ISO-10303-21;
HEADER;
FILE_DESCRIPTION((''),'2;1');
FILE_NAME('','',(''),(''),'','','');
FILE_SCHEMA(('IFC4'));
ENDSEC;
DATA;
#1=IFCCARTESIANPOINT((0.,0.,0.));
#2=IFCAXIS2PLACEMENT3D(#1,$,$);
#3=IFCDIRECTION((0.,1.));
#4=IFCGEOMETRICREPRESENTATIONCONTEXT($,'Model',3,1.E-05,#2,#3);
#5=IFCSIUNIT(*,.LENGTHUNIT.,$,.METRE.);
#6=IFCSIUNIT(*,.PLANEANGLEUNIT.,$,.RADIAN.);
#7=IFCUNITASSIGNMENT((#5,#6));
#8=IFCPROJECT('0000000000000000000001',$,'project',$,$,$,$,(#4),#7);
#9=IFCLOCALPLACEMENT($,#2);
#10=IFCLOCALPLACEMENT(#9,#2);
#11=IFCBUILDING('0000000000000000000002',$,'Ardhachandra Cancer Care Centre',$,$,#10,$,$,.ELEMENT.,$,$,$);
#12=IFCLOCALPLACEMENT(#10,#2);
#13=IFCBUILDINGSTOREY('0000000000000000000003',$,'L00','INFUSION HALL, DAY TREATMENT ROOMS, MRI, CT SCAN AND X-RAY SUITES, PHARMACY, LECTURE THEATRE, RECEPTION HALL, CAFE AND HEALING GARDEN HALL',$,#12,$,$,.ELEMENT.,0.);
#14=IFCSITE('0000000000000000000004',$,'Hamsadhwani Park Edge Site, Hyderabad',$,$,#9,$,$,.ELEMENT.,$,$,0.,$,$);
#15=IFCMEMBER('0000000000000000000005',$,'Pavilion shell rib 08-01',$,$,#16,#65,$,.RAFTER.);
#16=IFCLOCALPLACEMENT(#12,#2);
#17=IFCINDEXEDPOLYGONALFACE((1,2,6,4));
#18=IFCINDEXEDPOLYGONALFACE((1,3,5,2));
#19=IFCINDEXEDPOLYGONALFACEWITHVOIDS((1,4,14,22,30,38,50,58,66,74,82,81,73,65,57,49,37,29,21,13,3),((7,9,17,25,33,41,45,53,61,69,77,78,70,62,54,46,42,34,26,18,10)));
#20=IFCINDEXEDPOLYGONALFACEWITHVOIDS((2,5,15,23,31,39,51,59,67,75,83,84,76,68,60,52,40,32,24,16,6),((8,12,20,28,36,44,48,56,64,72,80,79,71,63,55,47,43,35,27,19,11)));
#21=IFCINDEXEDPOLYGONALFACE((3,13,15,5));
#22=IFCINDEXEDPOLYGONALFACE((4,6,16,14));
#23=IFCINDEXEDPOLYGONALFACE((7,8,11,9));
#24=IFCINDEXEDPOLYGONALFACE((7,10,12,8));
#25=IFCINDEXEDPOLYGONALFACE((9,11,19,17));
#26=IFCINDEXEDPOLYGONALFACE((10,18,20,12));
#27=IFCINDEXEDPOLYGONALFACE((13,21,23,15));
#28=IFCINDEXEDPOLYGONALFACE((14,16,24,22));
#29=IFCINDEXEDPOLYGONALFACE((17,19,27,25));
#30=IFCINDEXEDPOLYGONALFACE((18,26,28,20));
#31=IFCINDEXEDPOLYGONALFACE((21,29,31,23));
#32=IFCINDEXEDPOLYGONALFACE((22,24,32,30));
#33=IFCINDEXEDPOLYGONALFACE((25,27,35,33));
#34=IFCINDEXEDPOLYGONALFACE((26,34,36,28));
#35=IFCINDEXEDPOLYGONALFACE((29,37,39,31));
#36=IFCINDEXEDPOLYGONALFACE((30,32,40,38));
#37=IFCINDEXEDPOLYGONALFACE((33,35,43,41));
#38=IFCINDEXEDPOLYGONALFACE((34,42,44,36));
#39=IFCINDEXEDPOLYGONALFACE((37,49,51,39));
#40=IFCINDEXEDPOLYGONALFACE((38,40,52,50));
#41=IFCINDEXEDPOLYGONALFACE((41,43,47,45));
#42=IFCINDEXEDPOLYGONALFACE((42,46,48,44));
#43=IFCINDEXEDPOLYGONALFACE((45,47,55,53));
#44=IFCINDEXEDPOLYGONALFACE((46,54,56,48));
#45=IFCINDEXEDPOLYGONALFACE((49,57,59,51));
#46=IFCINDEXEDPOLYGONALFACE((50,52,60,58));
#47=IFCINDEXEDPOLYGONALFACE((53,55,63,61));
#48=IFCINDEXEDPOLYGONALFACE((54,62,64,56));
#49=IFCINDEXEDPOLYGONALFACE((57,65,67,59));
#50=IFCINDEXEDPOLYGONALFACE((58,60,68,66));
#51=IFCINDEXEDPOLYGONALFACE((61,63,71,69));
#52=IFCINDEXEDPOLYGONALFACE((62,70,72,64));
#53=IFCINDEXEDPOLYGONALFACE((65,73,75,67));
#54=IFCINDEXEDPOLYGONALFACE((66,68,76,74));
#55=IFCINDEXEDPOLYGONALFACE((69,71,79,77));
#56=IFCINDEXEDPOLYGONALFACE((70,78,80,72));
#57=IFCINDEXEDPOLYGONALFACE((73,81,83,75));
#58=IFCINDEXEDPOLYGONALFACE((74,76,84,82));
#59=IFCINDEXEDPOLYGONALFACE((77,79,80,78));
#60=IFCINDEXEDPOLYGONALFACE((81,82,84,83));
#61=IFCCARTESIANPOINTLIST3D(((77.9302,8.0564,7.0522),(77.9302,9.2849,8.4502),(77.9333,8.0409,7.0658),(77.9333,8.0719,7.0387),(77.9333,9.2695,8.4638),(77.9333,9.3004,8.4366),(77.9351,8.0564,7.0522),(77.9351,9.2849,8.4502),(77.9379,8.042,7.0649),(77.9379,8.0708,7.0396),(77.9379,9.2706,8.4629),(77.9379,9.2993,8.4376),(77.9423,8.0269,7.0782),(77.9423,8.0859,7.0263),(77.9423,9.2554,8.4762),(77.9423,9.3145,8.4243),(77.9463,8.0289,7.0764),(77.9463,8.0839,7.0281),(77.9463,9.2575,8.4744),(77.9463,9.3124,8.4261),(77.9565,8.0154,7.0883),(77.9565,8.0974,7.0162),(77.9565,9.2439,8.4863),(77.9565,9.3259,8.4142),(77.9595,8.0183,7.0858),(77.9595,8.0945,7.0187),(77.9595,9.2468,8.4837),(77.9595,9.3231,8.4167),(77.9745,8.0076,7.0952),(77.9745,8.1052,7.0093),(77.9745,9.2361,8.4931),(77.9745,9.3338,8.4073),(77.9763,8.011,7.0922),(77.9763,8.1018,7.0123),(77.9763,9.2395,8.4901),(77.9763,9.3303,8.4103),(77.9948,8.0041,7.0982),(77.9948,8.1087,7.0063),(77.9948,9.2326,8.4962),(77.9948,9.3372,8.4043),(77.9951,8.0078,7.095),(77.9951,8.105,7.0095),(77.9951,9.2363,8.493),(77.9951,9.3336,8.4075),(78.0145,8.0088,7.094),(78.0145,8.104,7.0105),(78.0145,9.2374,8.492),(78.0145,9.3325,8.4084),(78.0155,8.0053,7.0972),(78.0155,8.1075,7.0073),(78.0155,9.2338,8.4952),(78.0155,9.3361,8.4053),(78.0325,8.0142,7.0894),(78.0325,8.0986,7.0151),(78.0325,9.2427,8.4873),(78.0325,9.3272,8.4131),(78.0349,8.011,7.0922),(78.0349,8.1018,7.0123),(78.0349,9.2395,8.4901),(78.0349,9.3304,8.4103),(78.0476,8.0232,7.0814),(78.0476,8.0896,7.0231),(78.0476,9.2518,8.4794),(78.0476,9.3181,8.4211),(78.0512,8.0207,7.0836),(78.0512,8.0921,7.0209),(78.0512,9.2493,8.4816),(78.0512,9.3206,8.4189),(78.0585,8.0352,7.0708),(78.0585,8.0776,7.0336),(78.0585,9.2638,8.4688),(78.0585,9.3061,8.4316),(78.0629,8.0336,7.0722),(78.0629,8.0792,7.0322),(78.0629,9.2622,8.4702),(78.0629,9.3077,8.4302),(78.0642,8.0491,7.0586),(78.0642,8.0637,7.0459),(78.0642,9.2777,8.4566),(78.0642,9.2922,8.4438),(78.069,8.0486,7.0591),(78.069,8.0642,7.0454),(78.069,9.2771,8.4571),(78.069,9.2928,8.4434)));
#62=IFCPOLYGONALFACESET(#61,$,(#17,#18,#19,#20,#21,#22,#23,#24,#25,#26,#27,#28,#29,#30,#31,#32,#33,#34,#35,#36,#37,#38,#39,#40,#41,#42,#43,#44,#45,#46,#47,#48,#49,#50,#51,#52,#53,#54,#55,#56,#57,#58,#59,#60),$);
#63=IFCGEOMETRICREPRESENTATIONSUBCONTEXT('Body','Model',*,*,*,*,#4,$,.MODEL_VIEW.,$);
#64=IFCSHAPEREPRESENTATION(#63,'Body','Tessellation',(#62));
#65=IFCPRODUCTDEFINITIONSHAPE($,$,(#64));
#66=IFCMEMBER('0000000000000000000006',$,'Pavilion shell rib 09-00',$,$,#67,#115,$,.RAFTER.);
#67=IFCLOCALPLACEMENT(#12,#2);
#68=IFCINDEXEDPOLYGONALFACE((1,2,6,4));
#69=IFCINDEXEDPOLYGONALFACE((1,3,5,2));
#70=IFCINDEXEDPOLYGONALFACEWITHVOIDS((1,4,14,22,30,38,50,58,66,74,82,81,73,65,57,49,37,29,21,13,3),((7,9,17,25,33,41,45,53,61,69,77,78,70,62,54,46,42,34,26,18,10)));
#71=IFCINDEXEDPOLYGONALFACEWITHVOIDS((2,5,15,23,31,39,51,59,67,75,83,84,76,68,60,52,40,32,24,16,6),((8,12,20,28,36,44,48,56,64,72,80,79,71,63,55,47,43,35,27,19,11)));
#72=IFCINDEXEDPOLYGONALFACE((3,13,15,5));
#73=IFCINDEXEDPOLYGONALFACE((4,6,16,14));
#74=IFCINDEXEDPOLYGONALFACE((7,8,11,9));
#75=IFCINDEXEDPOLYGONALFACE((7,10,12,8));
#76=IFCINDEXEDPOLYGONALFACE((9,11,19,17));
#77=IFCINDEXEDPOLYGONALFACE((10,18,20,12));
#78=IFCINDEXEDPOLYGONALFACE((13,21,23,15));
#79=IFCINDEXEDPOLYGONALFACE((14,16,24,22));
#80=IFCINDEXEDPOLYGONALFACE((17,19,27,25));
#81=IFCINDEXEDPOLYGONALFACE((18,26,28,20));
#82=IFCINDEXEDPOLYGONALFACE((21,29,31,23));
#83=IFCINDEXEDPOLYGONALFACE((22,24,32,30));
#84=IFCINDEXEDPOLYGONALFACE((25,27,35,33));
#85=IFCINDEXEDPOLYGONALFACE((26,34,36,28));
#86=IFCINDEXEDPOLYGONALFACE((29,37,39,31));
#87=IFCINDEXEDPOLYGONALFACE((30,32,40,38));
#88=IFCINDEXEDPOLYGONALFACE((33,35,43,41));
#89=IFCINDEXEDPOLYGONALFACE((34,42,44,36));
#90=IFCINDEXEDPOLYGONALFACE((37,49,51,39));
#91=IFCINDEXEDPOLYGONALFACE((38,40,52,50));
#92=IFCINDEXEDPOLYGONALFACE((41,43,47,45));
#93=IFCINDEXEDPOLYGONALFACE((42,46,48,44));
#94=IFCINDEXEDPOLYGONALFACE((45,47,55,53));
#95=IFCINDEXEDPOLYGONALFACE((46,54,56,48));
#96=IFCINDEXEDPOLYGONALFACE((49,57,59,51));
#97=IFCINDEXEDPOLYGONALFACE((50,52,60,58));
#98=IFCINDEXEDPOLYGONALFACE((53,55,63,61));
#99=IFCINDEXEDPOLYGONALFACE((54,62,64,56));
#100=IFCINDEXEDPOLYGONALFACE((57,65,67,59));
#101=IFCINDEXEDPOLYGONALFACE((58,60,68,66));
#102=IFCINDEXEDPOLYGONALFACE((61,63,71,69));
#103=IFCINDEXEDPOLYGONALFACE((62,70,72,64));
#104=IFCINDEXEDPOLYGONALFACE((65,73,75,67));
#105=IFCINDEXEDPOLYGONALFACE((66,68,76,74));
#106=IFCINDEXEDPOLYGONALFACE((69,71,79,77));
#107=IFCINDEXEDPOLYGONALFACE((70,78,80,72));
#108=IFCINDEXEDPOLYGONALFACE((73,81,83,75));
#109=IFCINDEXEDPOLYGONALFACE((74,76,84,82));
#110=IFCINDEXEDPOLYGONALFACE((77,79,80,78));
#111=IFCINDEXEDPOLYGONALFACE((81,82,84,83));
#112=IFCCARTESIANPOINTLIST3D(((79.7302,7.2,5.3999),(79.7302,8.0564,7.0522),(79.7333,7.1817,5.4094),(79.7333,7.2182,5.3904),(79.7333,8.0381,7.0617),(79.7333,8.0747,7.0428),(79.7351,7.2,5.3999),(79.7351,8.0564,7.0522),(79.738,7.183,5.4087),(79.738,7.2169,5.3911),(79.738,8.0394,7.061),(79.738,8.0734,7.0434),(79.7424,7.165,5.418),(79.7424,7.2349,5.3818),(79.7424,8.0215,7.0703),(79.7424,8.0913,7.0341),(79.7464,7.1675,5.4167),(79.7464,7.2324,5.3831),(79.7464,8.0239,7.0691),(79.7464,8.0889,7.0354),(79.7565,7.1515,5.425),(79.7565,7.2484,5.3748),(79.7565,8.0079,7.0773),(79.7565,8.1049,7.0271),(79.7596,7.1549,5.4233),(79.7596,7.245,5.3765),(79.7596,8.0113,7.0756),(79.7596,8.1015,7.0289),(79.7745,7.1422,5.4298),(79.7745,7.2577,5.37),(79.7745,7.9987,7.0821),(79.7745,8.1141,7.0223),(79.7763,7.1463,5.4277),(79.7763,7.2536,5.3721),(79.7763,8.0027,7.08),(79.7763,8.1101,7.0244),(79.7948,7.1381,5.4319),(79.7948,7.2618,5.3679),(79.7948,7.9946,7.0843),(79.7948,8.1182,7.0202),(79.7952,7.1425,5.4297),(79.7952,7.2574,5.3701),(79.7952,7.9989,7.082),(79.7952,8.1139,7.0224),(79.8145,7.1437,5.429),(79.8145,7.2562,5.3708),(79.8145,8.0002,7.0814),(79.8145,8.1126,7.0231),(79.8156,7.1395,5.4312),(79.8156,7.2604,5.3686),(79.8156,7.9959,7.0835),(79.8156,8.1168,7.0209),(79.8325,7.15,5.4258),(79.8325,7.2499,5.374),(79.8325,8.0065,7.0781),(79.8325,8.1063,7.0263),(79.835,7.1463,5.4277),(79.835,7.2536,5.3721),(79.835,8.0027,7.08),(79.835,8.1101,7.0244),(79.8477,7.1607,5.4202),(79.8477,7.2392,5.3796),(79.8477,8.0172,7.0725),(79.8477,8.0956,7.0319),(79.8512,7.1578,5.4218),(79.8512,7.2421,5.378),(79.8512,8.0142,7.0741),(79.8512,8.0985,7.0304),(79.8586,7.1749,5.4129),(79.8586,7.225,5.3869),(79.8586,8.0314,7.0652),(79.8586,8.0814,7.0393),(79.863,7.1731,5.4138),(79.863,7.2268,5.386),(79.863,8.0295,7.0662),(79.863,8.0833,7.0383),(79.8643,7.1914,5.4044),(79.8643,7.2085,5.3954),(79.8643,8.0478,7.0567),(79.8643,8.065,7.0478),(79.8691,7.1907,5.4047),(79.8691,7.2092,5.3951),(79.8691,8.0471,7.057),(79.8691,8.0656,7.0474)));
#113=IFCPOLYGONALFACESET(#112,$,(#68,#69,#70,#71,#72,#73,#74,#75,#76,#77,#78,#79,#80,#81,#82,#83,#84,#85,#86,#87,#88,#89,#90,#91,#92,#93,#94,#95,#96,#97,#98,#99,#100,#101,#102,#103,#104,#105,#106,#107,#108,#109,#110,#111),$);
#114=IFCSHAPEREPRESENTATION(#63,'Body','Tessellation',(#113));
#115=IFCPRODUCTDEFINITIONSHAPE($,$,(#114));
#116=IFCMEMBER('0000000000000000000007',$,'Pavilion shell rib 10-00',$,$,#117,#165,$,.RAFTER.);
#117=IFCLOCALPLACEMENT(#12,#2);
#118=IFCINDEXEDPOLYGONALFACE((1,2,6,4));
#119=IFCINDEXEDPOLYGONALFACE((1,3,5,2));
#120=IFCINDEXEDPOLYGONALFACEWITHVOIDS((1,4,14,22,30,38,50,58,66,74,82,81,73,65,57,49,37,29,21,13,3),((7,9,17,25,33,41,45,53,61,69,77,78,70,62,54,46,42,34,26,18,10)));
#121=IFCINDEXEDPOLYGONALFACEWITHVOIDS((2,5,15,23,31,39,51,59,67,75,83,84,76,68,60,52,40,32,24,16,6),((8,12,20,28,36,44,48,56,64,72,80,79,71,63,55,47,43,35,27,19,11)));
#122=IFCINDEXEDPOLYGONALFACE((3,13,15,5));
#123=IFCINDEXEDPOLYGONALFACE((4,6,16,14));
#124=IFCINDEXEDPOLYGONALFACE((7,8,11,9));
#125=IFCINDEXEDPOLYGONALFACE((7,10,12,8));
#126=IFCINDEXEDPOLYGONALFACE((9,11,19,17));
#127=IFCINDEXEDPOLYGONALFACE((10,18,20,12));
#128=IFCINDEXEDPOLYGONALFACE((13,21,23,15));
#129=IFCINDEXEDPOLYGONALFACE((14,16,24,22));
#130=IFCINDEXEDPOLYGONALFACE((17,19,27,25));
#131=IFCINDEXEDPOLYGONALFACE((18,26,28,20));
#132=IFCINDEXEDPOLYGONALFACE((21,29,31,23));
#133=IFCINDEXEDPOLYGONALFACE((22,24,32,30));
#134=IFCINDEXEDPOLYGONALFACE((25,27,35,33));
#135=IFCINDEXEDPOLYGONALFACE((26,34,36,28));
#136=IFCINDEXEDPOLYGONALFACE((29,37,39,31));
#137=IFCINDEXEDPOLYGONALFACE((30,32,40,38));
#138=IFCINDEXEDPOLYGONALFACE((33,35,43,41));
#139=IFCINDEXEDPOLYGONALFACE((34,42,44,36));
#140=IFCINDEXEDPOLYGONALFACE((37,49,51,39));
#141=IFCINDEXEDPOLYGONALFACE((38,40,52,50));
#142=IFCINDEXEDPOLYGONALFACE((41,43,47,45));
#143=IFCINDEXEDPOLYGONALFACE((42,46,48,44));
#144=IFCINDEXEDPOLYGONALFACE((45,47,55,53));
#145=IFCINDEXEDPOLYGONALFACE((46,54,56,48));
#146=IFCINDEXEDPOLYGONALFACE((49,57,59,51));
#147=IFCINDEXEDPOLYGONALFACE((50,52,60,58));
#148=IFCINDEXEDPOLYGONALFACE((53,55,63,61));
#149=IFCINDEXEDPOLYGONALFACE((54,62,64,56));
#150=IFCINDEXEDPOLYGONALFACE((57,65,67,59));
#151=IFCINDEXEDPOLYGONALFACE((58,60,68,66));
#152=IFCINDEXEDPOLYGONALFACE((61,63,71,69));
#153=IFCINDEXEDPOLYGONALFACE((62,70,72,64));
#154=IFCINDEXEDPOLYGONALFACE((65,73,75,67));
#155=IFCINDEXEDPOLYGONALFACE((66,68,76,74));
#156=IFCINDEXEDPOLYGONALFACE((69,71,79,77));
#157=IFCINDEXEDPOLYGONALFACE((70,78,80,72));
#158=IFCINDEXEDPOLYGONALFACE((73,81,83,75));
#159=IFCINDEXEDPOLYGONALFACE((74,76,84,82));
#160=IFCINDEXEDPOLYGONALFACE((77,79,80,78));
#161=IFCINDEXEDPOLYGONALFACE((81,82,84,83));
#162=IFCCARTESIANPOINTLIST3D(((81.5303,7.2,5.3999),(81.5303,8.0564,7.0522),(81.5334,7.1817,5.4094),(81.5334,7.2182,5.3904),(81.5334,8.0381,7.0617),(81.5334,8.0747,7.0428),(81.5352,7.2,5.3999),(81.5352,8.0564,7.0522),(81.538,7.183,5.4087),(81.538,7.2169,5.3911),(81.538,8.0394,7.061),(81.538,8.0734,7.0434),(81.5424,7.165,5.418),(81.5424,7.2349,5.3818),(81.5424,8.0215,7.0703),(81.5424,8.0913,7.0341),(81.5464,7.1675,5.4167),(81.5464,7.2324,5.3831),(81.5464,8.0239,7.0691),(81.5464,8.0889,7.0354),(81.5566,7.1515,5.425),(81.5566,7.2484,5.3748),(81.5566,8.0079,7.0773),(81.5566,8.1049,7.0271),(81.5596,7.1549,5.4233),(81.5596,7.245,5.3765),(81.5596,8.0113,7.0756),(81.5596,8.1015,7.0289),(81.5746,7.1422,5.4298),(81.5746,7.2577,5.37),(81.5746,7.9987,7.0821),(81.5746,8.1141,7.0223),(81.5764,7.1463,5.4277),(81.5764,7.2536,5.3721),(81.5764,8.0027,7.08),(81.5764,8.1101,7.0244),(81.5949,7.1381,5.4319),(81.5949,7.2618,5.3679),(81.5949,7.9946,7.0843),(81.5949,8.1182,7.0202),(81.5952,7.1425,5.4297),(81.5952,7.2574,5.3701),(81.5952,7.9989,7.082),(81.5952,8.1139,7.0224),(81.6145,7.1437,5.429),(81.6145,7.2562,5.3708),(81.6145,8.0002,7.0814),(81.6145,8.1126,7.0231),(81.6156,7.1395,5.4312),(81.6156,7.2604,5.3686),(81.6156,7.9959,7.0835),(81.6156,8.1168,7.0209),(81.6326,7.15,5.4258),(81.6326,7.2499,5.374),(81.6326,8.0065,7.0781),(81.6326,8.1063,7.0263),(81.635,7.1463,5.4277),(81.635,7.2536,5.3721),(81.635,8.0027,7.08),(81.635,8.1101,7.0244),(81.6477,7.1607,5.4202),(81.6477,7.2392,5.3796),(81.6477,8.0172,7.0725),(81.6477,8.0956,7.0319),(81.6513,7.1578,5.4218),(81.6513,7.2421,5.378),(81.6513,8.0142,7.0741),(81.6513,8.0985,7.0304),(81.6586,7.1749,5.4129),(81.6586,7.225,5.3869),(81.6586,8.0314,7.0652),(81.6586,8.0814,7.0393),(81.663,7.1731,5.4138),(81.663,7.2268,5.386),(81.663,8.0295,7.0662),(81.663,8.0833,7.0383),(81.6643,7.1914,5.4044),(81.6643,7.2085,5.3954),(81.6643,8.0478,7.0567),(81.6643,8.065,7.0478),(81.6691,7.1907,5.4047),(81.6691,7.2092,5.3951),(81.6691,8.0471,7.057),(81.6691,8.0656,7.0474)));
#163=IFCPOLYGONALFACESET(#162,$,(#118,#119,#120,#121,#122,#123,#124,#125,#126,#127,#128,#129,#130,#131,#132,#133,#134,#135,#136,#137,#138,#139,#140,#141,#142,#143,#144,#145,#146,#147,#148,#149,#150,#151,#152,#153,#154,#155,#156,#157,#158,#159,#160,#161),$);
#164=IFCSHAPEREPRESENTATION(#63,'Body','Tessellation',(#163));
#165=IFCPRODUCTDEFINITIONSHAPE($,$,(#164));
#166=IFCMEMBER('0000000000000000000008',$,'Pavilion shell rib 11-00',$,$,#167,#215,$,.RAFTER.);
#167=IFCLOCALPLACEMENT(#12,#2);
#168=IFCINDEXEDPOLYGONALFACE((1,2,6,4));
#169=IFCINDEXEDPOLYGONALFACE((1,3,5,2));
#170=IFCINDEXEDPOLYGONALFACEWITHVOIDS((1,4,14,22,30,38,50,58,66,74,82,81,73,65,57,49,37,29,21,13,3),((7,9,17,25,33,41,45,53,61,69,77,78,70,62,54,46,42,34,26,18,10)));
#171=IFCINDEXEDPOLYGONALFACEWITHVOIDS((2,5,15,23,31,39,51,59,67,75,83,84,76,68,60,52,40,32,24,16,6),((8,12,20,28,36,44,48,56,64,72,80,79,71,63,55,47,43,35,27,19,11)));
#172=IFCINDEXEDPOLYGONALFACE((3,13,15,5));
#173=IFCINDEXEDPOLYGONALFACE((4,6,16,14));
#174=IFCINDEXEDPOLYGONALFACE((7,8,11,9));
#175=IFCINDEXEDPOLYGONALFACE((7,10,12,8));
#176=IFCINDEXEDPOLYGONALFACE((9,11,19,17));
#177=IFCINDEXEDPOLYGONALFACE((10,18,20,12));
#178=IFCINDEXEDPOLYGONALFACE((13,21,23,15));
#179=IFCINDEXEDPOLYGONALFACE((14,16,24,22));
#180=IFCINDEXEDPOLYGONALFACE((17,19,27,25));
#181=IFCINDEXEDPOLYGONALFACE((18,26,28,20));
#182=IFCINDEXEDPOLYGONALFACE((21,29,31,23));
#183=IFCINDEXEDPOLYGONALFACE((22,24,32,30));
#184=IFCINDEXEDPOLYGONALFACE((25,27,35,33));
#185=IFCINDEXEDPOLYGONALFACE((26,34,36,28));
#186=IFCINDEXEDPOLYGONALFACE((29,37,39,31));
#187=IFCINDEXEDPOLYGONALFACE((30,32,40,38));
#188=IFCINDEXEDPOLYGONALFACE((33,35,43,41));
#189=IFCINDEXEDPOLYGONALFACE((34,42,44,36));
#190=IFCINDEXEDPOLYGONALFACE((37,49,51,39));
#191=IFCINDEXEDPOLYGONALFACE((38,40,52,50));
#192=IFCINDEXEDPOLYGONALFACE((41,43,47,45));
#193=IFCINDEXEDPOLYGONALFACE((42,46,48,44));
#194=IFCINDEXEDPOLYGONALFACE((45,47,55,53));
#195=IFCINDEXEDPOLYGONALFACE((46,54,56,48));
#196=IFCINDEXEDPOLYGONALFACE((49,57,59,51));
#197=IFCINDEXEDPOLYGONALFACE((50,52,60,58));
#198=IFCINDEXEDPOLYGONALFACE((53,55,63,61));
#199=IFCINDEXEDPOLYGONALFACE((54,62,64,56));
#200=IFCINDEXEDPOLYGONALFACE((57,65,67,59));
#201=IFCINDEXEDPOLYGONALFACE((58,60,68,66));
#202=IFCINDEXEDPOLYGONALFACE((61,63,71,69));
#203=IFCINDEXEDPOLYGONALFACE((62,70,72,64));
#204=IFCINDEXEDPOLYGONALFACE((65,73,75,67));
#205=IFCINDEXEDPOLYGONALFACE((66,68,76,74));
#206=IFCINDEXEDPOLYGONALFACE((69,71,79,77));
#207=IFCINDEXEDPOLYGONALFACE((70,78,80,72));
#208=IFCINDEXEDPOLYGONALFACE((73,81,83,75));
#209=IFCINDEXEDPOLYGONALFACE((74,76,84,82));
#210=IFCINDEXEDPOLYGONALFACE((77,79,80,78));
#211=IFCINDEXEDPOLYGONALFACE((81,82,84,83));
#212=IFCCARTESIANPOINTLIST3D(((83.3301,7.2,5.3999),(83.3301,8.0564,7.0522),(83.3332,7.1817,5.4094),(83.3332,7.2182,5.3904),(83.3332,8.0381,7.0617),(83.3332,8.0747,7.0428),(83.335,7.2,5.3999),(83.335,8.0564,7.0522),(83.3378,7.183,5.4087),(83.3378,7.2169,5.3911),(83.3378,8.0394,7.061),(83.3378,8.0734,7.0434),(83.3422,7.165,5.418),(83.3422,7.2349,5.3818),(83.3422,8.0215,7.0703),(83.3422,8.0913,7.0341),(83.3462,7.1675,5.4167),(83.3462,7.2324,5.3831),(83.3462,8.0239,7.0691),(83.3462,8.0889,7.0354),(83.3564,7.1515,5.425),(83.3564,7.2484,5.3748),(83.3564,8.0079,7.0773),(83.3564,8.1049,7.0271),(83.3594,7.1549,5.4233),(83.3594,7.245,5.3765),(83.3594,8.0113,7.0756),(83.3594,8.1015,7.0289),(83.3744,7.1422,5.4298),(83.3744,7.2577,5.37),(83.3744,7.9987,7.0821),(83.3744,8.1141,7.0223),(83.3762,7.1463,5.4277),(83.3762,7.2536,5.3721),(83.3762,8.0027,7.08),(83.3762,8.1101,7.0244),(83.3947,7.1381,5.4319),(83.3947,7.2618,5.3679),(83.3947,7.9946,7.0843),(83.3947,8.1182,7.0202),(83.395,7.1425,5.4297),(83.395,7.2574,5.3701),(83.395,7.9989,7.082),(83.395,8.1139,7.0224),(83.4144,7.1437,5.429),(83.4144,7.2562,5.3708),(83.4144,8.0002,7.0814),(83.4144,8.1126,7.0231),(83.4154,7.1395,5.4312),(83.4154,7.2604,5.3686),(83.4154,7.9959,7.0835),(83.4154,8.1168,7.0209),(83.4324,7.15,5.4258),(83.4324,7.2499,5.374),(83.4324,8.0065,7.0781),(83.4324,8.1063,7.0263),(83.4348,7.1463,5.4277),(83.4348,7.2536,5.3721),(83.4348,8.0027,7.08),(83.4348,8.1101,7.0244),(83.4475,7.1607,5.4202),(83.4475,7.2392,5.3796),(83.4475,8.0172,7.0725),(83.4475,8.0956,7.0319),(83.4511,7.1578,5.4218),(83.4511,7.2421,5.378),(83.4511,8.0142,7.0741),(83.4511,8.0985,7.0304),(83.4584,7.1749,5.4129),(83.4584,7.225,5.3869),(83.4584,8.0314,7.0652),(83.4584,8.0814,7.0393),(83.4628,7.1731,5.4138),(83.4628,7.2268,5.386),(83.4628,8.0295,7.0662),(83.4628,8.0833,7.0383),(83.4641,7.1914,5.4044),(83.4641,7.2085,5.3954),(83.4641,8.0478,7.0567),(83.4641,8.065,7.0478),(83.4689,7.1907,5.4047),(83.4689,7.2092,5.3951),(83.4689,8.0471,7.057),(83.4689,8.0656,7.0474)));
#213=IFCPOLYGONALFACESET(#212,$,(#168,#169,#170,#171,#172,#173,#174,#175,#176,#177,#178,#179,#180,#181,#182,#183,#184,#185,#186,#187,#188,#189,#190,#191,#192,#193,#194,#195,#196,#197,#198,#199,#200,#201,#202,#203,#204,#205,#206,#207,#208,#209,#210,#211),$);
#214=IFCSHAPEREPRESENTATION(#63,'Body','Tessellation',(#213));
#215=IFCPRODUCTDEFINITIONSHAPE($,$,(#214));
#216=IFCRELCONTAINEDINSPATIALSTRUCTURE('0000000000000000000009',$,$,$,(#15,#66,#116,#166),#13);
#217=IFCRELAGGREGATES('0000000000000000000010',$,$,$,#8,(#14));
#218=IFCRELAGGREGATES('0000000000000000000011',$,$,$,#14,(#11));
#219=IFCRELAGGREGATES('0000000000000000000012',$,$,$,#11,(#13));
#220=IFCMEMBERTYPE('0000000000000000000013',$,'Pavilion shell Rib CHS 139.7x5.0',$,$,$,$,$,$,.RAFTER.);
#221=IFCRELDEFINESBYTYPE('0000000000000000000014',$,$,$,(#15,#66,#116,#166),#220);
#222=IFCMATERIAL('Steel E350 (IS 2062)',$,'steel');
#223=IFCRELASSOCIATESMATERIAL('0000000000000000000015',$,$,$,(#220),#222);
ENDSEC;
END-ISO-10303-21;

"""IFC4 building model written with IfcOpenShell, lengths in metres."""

from ifc_helpers import new_model, si_unit, direction, frame, origin, origin_2d, place, context, subcontext, project, spatial, hollow_circle, extrude, material, material_profile, profile_set, type_object, element, save


model = new_model("IFC4")

# Units and contexts
model_context = context("Model", 3, precision=1e-05, world=origin(), true_north=direction((0.0, 1.0)))
body_context = subcontext(model_context, "Body", "Model", "MODEL_VIEW")
ifc_project = project(units=[si_unit("LENGTHUNIT", "METRE"), si_unit("PLANEANGLEUNIT", "RADIAN")], contexts=[model_context])

# Site, building, storey
site_placement = place(None, origin())
site = spatial("IfcSite", under=ifc_project, at=site_placement, Name="Hamsadhwani Park Edge Site, Hyderabad", CompositionType="ELEMENT", RefElevation=0.0)
building_placement = place(site_placement, origin())
building = spatial("IfcBuilding", under=site, at=building_placement, Name="Ardhachandra Cancer Care Centre", CompositionType="ELEMENT")
storey_placement = place(building_placement, origin())
storey = spatial("IfcBuildingStorey", under=building, at=storey_placement, Name="L00", Description="INFUSION HALL, DAY TREATMENT ROOMS, MRI, CT SCAN AND X-RAY SUITES, PHARMACY, LECTURE THEATRE, RECEPTION HALL, CAFE AND HEALING GARDEN HALL", CompositionType="ELEMENT", Elevation=0.0)

# Members
ifc_material_1 = material(Name="Steel E350 (IS 2062)", Category="steel")
ifc_material_profile_1 = material_profile(ifc_material_1, hollow_circle(Radius=0.0698, WallThickness=0.0049, at=origin_2d()), Name="CHS 139.7x5.0")
ifc_profile_set_1 = profile_set([ifc_material_profile_1], Name="Steel E350 (IS 2062)")
member_type_1 = type_object("IfcMemberType", Name="Pavilion shell Rib CHS 139.7x5.0", PredefinedType="RAFTER", material=ifc_profile_set_1)
for number, where, z_axis, x_axis, name in (
    (1, (78.0, 8.0564, 7.0522), (0.0, 0.660119, 0.751161), (-1.0, 0.0, 0.0), "Pavilion shell rib 08-01"),
    (2, (79.8, 7.2, 5.3999), (0.0, 0.460179, 0.887826), (-1.0, 0.0, 0.0), "Pavilion shell rib 09-00"),
    (3, (81.6001, 7.2, 5.3999), (0.0, 0.460179, 0.887826), (-1.0, 0.0, 0.0), "Pavilion shell rib 10-00"),
    (4, (83.3999, 7.2, 5.3999), (0.0, 0.460179, 0.887826), (-1.0, 0.0, 0.0), "Pavilion shell rib 11-00"),
):
    element("IfcMember", number, at=place(storey_placement, frame(where, z_axis=z_axis, x_axis=x_axis)), inside=storey, type_object=member_type_1, Name=name, PredefinedType="RAFTER", context=body_context, shape_type="SweptSolid", body=[
        extrude(hollow_circle(Radius=0.0698, WallThickness=0.0049, at=origin_2d()), origin(), (0.0, 0.0, 1.0), 1.8611),
    ])

save(model, "model.ifc")
